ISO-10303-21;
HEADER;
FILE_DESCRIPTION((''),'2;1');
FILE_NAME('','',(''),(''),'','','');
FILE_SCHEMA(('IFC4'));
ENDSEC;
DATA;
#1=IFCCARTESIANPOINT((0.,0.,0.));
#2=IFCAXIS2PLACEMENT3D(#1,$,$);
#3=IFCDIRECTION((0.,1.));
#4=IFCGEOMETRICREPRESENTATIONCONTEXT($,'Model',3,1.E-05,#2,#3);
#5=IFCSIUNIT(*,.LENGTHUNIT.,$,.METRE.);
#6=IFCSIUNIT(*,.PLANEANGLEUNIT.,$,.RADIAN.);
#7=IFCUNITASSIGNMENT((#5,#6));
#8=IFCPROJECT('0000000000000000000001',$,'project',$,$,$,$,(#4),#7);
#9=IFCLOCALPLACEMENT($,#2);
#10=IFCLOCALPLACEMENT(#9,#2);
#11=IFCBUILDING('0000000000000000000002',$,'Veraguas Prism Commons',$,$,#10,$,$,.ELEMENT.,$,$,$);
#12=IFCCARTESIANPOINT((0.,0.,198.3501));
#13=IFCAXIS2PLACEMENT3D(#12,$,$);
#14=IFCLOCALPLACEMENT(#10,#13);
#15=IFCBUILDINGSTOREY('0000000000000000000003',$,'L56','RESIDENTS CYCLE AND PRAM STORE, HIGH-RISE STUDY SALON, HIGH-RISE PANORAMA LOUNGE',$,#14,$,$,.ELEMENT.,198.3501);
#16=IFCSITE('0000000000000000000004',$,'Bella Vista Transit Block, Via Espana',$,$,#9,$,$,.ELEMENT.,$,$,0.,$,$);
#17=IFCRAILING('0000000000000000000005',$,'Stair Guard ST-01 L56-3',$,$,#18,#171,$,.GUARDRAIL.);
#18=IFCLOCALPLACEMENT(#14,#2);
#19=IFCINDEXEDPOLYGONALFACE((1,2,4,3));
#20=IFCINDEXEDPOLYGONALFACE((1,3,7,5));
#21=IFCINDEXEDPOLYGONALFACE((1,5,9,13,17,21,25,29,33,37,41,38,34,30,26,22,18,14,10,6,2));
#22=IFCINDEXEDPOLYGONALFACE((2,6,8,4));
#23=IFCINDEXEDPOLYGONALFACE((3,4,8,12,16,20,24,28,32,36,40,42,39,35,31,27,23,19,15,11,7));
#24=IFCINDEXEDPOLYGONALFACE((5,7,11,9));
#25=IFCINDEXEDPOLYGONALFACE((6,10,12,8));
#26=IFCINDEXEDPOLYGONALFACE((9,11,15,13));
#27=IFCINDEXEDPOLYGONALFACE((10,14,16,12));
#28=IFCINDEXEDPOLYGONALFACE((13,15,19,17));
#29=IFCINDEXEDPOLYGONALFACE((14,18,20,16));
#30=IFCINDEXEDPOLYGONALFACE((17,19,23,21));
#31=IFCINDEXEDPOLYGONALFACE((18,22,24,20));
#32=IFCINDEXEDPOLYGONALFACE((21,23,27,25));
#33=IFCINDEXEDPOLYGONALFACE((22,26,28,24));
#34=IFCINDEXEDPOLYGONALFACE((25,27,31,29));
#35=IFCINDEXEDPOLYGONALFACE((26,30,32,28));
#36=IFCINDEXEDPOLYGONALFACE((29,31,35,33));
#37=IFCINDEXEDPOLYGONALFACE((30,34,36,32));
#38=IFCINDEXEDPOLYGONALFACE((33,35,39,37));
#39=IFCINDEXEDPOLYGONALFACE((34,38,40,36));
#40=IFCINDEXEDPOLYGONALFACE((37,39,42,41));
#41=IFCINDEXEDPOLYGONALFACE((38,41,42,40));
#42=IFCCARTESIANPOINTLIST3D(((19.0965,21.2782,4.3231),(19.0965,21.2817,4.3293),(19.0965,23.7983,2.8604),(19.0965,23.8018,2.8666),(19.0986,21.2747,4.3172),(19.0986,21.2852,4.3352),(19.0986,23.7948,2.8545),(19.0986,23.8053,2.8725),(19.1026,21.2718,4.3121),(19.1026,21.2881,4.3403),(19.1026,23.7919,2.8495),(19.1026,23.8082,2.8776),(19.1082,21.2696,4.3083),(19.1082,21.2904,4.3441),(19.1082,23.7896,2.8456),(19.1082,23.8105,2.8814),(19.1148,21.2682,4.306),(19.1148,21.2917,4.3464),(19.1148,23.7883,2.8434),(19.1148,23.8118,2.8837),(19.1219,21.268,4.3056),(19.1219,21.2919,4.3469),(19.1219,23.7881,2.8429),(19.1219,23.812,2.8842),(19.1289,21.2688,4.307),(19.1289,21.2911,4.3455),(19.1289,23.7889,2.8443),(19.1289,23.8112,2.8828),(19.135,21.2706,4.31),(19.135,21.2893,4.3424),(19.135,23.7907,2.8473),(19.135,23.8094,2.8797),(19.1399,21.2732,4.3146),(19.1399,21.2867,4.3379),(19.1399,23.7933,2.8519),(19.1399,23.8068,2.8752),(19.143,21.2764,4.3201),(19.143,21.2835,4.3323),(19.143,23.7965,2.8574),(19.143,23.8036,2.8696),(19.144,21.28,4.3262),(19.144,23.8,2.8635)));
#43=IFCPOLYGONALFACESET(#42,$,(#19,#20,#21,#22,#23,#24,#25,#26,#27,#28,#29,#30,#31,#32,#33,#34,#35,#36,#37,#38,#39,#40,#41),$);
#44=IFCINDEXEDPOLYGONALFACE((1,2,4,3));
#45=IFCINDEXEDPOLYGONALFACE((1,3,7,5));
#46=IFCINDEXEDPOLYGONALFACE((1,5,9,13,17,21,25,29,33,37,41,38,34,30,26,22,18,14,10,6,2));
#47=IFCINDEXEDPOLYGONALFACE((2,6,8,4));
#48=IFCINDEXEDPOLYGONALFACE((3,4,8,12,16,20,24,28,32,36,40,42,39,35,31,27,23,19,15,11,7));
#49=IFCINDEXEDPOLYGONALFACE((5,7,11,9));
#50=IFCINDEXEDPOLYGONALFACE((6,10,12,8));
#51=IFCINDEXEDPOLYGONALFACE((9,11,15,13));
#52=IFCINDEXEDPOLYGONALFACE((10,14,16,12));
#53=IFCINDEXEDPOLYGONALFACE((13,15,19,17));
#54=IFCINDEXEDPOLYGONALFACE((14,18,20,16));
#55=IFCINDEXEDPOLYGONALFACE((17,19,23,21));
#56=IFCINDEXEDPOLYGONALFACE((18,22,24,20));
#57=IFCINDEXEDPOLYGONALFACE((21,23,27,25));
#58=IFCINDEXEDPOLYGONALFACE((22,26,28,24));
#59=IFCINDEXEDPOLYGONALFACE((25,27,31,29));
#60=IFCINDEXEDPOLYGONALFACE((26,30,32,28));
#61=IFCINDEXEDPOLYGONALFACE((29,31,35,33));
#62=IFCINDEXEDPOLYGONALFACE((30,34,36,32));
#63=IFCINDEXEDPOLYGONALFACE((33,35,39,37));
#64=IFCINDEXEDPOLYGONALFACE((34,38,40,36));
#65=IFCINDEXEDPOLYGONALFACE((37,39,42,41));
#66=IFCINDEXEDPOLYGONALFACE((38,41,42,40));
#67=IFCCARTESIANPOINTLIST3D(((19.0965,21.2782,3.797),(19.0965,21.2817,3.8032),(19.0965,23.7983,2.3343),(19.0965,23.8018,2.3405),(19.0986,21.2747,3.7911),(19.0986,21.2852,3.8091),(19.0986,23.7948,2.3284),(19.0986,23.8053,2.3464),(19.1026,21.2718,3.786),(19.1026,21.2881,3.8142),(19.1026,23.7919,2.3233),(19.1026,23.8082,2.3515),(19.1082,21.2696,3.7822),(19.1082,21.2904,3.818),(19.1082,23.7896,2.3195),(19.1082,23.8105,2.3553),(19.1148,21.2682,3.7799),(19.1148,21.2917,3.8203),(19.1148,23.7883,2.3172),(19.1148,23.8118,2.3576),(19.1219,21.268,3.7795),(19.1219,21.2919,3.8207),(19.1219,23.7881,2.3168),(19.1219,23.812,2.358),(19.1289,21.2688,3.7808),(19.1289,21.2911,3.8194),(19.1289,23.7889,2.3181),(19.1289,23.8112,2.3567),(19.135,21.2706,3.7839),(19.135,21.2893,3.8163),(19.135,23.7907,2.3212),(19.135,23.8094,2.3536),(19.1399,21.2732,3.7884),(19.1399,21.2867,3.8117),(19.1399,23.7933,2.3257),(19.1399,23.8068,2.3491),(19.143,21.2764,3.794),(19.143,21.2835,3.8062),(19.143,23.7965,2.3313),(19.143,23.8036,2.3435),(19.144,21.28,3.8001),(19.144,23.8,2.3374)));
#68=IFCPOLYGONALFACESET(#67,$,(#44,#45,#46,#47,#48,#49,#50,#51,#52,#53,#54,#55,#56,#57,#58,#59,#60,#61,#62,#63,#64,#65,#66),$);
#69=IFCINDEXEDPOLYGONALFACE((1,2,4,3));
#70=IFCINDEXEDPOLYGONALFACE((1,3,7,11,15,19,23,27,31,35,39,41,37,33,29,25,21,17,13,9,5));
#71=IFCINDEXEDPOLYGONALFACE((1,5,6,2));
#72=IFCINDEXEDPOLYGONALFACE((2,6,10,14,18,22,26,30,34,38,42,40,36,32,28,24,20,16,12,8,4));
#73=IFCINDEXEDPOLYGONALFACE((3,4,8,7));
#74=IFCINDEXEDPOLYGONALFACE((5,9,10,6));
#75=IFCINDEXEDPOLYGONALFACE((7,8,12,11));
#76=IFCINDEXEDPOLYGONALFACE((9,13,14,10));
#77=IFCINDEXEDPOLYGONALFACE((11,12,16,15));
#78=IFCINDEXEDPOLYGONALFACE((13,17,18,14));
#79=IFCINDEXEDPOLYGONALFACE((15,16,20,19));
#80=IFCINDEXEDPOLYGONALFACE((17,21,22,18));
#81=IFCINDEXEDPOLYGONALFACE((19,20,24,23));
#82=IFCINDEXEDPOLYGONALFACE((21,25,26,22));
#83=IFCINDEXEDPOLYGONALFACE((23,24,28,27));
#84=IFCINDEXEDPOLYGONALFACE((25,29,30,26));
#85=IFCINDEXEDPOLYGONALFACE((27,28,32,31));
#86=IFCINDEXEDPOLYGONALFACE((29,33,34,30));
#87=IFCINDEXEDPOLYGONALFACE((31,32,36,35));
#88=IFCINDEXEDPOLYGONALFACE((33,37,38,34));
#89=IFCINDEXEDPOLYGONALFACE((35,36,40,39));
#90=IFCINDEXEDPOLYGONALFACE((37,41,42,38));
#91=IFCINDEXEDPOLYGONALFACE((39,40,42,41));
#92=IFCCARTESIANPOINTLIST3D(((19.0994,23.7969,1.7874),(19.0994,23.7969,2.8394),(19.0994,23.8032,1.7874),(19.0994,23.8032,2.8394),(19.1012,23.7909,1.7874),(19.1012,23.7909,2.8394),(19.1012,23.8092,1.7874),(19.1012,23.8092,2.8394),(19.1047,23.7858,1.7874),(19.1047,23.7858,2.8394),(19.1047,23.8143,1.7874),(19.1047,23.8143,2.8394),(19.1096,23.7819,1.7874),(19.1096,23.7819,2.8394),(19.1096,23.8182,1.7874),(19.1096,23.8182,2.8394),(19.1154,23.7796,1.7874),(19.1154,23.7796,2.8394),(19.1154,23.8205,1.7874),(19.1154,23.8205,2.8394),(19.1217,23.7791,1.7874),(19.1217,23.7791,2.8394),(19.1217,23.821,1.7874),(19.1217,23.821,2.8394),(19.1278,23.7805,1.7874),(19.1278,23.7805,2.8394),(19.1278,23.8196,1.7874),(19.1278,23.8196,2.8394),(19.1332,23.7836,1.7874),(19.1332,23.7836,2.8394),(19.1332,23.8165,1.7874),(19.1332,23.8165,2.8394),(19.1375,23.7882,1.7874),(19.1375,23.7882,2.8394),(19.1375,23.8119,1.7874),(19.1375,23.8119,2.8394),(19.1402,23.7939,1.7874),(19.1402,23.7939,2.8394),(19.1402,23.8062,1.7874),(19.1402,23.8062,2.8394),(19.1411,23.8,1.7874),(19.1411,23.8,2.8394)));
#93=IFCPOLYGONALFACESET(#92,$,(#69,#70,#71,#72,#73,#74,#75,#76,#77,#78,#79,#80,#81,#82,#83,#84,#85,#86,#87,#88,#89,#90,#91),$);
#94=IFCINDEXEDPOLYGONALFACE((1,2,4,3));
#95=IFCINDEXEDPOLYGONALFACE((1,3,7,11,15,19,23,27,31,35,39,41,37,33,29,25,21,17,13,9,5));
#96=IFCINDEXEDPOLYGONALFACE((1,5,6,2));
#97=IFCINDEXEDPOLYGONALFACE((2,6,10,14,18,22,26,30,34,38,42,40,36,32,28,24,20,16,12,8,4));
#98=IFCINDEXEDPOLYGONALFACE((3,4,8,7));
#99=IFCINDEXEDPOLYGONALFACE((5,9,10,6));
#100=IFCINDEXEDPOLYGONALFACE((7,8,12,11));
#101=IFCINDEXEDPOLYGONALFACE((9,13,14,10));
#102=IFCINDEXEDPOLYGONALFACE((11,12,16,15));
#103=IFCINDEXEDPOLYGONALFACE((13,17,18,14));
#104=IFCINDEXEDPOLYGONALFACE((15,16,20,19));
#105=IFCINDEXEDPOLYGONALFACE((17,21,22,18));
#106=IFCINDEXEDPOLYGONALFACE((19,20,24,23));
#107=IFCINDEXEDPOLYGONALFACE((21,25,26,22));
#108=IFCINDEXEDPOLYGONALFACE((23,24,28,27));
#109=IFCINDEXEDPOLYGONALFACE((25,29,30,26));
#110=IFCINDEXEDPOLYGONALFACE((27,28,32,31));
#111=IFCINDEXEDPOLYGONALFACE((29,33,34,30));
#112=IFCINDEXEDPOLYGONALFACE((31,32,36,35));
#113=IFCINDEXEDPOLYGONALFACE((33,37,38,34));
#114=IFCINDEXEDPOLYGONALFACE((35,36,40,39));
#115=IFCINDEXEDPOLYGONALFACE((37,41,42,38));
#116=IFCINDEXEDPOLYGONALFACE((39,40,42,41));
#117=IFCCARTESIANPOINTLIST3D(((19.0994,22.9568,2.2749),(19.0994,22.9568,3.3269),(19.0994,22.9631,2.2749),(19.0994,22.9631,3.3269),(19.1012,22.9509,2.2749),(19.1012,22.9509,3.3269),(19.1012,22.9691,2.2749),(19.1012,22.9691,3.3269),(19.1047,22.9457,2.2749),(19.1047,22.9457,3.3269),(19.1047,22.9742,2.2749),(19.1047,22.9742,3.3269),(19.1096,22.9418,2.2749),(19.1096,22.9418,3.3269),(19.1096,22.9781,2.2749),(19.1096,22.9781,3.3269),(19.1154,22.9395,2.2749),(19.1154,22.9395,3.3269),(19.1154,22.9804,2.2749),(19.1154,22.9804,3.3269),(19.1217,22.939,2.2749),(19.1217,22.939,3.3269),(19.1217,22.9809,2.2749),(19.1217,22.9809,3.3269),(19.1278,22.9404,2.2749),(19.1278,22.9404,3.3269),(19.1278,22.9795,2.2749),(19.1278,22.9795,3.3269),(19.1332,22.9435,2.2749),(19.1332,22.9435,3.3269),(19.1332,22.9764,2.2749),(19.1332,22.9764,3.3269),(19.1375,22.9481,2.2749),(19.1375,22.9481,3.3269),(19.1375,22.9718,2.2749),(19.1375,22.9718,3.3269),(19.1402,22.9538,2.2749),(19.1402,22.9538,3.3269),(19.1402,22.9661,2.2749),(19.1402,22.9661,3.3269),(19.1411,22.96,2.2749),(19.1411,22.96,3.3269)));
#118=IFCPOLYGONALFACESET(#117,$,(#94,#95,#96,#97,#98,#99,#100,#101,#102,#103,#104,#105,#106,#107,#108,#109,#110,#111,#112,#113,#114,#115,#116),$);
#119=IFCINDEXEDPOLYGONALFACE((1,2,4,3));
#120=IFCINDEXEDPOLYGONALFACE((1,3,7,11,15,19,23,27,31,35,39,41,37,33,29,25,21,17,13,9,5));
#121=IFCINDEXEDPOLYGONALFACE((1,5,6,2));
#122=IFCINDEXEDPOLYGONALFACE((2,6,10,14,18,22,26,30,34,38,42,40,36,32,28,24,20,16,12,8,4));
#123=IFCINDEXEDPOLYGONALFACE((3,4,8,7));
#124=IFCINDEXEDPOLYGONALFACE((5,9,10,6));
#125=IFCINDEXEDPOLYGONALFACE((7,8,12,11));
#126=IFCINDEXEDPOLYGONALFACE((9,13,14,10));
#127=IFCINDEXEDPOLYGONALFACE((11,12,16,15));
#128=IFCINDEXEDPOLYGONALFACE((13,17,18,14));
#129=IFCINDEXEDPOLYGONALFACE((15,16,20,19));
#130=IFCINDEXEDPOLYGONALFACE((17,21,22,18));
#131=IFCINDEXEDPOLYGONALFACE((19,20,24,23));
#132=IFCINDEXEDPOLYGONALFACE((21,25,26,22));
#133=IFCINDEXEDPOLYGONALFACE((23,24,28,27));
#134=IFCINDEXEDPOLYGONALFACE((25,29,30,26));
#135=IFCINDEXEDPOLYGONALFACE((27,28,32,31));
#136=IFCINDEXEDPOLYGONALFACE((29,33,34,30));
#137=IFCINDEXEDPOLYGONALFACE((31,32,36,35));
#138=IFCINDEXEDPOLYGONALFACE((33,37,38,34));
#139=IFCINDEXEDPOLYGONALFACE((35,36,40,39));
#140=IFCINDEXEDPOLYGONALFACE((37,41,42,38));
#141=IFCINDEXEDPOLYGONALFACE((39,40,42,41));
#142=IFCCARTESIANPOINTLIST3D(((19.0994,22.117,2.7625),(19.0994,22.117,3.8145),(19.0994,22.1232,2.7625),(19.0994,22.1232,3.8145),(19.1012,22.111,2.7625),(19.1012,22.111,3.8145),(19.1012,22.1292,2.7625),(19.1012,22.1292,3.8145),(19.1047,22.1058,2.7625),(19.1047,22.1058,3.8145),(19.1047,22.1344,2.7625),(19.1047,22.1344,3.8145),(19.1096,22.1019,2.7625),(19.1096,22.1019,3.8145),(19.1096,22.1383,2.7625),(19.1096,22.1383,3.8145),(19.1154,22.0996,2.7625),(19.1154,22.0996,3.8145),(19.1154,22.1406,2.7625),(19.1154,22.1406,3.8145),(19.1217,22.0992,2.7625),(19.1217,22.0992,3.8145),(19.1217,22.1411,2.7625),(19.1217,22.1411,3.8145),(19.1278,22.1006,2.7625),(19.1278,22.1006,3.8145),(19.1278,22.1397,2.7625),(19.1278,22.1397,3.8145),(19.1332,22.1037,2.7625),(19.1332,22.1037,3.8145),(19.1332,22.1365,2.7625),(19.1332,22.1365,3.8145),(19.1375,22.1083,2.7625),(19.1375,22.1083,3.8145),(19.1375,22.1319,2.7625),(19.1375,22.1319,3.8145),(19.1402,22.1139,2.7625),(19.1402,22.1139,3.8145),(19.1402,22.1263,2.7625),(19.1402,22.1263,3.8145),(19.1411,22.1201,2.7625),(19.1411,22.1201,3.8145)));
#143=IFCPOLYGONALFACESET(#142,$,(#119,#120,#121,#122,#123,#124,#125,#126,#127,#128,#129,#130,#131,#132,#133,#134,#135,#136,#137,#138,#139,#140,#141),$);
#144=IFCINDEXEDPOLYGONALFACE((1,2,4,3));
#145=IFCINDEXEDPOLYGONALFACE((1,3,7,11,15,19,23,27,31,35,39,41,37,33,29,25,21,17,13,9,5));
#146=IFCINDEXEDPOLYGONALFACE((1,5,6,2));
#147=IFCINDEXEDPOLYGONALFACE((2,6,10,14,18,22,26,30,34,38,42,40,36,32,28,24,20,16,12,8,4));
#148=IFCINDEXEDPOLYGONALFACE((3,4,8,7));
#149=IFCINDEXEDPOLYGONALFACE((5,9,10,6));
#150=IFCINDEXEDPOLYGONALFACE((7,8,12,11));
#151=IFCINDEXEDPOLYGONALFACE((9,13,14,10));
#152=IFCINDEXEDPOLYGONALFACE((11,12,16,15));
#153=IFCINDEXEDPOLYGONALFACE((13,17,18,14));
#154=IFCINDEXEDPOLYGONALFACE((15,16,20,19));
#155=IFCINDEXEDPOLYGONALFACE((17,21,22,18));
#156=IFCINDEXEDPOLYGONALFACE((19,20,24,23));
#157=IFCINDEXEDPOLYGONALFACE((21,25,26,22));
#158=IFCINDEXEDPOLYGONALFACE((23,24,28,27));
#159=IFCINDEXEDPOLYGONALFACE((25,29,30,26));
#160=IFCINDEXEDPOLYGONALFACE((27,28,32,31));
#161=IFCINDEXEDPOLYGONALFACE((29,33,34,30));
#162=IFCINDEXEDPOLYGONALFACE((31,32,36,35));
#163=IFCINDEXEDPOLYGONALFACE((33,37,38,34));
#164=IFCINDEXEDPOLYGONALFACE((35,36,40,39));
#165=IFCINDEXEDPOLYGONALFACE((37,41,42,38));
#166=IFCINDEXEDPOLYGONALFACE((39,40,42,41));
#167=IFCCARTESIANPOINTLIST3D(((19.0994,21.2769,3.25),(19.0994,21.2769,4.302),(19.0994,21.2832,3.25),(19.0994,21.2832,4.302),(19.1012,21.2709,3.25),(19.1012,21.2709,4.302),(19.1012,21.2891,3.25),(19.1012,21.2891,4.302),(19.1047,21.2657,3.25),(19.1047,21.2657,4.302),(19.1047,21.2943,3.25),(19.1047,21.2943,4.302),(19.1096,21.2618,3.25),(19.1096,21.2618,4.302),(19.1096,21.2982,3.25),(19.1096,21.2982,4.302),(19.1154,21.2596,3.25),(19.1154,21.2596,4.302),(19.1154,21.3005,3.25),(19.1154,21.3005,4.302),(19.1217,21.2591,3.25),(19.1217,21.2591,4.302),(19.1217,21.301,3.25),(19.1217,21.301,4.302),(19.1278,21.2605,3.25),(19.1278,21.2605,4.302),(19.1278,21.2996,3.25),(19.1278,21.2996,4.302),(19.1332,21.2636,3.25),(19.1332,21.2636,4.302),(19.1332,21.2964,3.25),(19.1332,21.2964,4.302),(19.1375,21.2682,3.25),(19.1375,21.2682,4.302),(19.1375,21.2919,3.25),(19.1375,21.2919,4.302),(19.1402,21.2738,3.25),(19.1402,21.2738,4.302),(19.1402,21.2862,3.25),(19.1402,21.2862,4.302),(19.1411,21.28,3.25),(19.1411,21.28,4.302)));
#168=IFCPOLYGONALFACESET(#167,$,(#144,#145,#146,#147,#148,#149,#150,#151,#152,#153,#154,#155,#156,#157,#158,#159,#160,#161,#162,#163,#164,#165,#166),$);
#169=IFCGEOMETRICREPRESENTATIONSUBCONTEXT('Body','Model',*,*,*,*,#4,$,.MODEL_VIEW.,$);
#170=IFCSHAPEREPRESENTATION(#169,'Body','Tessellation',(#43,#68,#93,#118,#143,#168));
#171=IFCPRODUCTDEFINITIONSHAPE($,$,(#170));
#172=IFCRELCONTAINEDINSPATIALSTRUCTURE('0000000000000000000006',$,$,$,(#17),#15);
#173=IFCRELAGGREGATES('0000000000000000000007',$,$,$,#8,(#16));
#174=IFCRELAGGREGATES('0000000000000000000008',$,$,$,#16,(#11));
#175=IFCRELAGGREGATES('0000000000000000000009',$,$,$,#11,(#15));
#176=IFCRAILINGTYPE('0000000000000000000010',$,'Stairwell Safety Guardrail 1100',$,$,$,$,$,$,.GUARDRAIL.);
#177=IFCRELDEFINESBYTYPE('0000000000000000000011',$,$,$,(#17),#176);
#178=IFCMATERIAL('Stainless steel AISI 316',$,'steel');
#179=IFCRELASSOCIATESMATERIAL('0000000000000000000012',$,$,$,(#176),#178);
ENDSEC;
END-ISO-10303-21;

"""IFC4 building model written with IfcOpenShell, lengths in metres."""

from ifc_helpers import new_model, si_unit, direction, frame, origin, origin_2d, place, context, subcontext, project, spatial, circle, extrude, material, type_object, element, save


model = new_model("IFC4")

# Units and contexts
model_context = context("Model", 3, precision=1e-05, world=origin(), true_north=direction((0.0, 1.0)))
body_context = subcontext(model_context, "Body", "Model", "MODEL_VIEW")
ifc_project = project(units=[si_unit("LENGTHUNIT", "METRE"), si_unit("PLANEANGLEUNIT", "RADIAN")], contexts=[model_context])

# Site, building, storey
site_placement = place(None, origin())
site = spatial("IfcSite", under=ifc_project, at=site_placement, Name="Bella Vista Transit Block, Via Espana", CompositionType="ELEMENT", RefElevation=0.0)
building_placement = place(site_placement, origin())
building = spatial("IfcBuilding", under=site, at=building_placement, Name="Veraguas Prism Commons", CompositionType="ELEMENT")
storey_placement = place(building_placement, frame((0.0, 0.0, 198.3501)))
storey = spatial("IfcBuildingStorey", under=building, at=storey_placement, Name="L56", Description="RESIDENTS CYCLE AND PRAM STORE, HIGH-RISE STUDY SALON, HIGH-RISE PANORAMA LOUNGE", CompositionType="ELEMENT", Elevation=198.3501)

# Shared definitions
ifc_material_1 = material(Name="Stainless steel AISI 316", Category="steel")

# Railing
railing_type_1 = type_object("IfcRailingType", Name="Stairwell Safety Guardrail 1100", PredefinedType="GUARDRAIL", material=ifc_material_1)
railing_1_placement = place(storey_placement, frame((19.1201, 23.8, 1.7874)))
element("IfcRailing", 1, at=railing_1_placement, inside=storey, type_object=railing_type_1, Name="Stair Guard ST-01 L56-3", PredefinedType="GUARDRAIL", context=body_context, shape_type="SweptSolid", body=[
    extrude(circle(Radius=0.0239, at=origin_2d()), frame((0.0, 0.0, 1.0762), z_axis=(0.0, -0.864877, 0.501984), x_axis=(1.0, 0.0, 0.0)), (0.0, 0.0, 1.0), 2.9138),
    extrude(circle(Radius=0.0239, at=origin_2d()), frame((0.0, 0.0, 0.55), z_axis=(0.0, -0.864877, 0.501984), x_axis=(1.0, 0.0, 0.0)), (0.0, 0.0, 1.0), 2.9138),
    extrude(circle(Radius=0.021, at=origin_2d()), origin(), (0.0, 0.0, 1.0), 1.052),
    extrude(circle(Radius=0.021, at=origin_2d()), frame((0.0, -0.8401, 0.4875)), (0.0, 0.0, 1.0), 1.052),
    extrude(circle(Radius=0.021, at=origin_2d()), frame((0.0, -1.6799, 0.9751)), (0.0, 0.0, 1.0), 1.052),
    extrude(circle(Radius=0.021, at=origin_2d()), frame((0.0, -2.52, 1.4626)), (0.0, 0.0, 1.0), 1.052),
])

save(model, "model.ifc")
